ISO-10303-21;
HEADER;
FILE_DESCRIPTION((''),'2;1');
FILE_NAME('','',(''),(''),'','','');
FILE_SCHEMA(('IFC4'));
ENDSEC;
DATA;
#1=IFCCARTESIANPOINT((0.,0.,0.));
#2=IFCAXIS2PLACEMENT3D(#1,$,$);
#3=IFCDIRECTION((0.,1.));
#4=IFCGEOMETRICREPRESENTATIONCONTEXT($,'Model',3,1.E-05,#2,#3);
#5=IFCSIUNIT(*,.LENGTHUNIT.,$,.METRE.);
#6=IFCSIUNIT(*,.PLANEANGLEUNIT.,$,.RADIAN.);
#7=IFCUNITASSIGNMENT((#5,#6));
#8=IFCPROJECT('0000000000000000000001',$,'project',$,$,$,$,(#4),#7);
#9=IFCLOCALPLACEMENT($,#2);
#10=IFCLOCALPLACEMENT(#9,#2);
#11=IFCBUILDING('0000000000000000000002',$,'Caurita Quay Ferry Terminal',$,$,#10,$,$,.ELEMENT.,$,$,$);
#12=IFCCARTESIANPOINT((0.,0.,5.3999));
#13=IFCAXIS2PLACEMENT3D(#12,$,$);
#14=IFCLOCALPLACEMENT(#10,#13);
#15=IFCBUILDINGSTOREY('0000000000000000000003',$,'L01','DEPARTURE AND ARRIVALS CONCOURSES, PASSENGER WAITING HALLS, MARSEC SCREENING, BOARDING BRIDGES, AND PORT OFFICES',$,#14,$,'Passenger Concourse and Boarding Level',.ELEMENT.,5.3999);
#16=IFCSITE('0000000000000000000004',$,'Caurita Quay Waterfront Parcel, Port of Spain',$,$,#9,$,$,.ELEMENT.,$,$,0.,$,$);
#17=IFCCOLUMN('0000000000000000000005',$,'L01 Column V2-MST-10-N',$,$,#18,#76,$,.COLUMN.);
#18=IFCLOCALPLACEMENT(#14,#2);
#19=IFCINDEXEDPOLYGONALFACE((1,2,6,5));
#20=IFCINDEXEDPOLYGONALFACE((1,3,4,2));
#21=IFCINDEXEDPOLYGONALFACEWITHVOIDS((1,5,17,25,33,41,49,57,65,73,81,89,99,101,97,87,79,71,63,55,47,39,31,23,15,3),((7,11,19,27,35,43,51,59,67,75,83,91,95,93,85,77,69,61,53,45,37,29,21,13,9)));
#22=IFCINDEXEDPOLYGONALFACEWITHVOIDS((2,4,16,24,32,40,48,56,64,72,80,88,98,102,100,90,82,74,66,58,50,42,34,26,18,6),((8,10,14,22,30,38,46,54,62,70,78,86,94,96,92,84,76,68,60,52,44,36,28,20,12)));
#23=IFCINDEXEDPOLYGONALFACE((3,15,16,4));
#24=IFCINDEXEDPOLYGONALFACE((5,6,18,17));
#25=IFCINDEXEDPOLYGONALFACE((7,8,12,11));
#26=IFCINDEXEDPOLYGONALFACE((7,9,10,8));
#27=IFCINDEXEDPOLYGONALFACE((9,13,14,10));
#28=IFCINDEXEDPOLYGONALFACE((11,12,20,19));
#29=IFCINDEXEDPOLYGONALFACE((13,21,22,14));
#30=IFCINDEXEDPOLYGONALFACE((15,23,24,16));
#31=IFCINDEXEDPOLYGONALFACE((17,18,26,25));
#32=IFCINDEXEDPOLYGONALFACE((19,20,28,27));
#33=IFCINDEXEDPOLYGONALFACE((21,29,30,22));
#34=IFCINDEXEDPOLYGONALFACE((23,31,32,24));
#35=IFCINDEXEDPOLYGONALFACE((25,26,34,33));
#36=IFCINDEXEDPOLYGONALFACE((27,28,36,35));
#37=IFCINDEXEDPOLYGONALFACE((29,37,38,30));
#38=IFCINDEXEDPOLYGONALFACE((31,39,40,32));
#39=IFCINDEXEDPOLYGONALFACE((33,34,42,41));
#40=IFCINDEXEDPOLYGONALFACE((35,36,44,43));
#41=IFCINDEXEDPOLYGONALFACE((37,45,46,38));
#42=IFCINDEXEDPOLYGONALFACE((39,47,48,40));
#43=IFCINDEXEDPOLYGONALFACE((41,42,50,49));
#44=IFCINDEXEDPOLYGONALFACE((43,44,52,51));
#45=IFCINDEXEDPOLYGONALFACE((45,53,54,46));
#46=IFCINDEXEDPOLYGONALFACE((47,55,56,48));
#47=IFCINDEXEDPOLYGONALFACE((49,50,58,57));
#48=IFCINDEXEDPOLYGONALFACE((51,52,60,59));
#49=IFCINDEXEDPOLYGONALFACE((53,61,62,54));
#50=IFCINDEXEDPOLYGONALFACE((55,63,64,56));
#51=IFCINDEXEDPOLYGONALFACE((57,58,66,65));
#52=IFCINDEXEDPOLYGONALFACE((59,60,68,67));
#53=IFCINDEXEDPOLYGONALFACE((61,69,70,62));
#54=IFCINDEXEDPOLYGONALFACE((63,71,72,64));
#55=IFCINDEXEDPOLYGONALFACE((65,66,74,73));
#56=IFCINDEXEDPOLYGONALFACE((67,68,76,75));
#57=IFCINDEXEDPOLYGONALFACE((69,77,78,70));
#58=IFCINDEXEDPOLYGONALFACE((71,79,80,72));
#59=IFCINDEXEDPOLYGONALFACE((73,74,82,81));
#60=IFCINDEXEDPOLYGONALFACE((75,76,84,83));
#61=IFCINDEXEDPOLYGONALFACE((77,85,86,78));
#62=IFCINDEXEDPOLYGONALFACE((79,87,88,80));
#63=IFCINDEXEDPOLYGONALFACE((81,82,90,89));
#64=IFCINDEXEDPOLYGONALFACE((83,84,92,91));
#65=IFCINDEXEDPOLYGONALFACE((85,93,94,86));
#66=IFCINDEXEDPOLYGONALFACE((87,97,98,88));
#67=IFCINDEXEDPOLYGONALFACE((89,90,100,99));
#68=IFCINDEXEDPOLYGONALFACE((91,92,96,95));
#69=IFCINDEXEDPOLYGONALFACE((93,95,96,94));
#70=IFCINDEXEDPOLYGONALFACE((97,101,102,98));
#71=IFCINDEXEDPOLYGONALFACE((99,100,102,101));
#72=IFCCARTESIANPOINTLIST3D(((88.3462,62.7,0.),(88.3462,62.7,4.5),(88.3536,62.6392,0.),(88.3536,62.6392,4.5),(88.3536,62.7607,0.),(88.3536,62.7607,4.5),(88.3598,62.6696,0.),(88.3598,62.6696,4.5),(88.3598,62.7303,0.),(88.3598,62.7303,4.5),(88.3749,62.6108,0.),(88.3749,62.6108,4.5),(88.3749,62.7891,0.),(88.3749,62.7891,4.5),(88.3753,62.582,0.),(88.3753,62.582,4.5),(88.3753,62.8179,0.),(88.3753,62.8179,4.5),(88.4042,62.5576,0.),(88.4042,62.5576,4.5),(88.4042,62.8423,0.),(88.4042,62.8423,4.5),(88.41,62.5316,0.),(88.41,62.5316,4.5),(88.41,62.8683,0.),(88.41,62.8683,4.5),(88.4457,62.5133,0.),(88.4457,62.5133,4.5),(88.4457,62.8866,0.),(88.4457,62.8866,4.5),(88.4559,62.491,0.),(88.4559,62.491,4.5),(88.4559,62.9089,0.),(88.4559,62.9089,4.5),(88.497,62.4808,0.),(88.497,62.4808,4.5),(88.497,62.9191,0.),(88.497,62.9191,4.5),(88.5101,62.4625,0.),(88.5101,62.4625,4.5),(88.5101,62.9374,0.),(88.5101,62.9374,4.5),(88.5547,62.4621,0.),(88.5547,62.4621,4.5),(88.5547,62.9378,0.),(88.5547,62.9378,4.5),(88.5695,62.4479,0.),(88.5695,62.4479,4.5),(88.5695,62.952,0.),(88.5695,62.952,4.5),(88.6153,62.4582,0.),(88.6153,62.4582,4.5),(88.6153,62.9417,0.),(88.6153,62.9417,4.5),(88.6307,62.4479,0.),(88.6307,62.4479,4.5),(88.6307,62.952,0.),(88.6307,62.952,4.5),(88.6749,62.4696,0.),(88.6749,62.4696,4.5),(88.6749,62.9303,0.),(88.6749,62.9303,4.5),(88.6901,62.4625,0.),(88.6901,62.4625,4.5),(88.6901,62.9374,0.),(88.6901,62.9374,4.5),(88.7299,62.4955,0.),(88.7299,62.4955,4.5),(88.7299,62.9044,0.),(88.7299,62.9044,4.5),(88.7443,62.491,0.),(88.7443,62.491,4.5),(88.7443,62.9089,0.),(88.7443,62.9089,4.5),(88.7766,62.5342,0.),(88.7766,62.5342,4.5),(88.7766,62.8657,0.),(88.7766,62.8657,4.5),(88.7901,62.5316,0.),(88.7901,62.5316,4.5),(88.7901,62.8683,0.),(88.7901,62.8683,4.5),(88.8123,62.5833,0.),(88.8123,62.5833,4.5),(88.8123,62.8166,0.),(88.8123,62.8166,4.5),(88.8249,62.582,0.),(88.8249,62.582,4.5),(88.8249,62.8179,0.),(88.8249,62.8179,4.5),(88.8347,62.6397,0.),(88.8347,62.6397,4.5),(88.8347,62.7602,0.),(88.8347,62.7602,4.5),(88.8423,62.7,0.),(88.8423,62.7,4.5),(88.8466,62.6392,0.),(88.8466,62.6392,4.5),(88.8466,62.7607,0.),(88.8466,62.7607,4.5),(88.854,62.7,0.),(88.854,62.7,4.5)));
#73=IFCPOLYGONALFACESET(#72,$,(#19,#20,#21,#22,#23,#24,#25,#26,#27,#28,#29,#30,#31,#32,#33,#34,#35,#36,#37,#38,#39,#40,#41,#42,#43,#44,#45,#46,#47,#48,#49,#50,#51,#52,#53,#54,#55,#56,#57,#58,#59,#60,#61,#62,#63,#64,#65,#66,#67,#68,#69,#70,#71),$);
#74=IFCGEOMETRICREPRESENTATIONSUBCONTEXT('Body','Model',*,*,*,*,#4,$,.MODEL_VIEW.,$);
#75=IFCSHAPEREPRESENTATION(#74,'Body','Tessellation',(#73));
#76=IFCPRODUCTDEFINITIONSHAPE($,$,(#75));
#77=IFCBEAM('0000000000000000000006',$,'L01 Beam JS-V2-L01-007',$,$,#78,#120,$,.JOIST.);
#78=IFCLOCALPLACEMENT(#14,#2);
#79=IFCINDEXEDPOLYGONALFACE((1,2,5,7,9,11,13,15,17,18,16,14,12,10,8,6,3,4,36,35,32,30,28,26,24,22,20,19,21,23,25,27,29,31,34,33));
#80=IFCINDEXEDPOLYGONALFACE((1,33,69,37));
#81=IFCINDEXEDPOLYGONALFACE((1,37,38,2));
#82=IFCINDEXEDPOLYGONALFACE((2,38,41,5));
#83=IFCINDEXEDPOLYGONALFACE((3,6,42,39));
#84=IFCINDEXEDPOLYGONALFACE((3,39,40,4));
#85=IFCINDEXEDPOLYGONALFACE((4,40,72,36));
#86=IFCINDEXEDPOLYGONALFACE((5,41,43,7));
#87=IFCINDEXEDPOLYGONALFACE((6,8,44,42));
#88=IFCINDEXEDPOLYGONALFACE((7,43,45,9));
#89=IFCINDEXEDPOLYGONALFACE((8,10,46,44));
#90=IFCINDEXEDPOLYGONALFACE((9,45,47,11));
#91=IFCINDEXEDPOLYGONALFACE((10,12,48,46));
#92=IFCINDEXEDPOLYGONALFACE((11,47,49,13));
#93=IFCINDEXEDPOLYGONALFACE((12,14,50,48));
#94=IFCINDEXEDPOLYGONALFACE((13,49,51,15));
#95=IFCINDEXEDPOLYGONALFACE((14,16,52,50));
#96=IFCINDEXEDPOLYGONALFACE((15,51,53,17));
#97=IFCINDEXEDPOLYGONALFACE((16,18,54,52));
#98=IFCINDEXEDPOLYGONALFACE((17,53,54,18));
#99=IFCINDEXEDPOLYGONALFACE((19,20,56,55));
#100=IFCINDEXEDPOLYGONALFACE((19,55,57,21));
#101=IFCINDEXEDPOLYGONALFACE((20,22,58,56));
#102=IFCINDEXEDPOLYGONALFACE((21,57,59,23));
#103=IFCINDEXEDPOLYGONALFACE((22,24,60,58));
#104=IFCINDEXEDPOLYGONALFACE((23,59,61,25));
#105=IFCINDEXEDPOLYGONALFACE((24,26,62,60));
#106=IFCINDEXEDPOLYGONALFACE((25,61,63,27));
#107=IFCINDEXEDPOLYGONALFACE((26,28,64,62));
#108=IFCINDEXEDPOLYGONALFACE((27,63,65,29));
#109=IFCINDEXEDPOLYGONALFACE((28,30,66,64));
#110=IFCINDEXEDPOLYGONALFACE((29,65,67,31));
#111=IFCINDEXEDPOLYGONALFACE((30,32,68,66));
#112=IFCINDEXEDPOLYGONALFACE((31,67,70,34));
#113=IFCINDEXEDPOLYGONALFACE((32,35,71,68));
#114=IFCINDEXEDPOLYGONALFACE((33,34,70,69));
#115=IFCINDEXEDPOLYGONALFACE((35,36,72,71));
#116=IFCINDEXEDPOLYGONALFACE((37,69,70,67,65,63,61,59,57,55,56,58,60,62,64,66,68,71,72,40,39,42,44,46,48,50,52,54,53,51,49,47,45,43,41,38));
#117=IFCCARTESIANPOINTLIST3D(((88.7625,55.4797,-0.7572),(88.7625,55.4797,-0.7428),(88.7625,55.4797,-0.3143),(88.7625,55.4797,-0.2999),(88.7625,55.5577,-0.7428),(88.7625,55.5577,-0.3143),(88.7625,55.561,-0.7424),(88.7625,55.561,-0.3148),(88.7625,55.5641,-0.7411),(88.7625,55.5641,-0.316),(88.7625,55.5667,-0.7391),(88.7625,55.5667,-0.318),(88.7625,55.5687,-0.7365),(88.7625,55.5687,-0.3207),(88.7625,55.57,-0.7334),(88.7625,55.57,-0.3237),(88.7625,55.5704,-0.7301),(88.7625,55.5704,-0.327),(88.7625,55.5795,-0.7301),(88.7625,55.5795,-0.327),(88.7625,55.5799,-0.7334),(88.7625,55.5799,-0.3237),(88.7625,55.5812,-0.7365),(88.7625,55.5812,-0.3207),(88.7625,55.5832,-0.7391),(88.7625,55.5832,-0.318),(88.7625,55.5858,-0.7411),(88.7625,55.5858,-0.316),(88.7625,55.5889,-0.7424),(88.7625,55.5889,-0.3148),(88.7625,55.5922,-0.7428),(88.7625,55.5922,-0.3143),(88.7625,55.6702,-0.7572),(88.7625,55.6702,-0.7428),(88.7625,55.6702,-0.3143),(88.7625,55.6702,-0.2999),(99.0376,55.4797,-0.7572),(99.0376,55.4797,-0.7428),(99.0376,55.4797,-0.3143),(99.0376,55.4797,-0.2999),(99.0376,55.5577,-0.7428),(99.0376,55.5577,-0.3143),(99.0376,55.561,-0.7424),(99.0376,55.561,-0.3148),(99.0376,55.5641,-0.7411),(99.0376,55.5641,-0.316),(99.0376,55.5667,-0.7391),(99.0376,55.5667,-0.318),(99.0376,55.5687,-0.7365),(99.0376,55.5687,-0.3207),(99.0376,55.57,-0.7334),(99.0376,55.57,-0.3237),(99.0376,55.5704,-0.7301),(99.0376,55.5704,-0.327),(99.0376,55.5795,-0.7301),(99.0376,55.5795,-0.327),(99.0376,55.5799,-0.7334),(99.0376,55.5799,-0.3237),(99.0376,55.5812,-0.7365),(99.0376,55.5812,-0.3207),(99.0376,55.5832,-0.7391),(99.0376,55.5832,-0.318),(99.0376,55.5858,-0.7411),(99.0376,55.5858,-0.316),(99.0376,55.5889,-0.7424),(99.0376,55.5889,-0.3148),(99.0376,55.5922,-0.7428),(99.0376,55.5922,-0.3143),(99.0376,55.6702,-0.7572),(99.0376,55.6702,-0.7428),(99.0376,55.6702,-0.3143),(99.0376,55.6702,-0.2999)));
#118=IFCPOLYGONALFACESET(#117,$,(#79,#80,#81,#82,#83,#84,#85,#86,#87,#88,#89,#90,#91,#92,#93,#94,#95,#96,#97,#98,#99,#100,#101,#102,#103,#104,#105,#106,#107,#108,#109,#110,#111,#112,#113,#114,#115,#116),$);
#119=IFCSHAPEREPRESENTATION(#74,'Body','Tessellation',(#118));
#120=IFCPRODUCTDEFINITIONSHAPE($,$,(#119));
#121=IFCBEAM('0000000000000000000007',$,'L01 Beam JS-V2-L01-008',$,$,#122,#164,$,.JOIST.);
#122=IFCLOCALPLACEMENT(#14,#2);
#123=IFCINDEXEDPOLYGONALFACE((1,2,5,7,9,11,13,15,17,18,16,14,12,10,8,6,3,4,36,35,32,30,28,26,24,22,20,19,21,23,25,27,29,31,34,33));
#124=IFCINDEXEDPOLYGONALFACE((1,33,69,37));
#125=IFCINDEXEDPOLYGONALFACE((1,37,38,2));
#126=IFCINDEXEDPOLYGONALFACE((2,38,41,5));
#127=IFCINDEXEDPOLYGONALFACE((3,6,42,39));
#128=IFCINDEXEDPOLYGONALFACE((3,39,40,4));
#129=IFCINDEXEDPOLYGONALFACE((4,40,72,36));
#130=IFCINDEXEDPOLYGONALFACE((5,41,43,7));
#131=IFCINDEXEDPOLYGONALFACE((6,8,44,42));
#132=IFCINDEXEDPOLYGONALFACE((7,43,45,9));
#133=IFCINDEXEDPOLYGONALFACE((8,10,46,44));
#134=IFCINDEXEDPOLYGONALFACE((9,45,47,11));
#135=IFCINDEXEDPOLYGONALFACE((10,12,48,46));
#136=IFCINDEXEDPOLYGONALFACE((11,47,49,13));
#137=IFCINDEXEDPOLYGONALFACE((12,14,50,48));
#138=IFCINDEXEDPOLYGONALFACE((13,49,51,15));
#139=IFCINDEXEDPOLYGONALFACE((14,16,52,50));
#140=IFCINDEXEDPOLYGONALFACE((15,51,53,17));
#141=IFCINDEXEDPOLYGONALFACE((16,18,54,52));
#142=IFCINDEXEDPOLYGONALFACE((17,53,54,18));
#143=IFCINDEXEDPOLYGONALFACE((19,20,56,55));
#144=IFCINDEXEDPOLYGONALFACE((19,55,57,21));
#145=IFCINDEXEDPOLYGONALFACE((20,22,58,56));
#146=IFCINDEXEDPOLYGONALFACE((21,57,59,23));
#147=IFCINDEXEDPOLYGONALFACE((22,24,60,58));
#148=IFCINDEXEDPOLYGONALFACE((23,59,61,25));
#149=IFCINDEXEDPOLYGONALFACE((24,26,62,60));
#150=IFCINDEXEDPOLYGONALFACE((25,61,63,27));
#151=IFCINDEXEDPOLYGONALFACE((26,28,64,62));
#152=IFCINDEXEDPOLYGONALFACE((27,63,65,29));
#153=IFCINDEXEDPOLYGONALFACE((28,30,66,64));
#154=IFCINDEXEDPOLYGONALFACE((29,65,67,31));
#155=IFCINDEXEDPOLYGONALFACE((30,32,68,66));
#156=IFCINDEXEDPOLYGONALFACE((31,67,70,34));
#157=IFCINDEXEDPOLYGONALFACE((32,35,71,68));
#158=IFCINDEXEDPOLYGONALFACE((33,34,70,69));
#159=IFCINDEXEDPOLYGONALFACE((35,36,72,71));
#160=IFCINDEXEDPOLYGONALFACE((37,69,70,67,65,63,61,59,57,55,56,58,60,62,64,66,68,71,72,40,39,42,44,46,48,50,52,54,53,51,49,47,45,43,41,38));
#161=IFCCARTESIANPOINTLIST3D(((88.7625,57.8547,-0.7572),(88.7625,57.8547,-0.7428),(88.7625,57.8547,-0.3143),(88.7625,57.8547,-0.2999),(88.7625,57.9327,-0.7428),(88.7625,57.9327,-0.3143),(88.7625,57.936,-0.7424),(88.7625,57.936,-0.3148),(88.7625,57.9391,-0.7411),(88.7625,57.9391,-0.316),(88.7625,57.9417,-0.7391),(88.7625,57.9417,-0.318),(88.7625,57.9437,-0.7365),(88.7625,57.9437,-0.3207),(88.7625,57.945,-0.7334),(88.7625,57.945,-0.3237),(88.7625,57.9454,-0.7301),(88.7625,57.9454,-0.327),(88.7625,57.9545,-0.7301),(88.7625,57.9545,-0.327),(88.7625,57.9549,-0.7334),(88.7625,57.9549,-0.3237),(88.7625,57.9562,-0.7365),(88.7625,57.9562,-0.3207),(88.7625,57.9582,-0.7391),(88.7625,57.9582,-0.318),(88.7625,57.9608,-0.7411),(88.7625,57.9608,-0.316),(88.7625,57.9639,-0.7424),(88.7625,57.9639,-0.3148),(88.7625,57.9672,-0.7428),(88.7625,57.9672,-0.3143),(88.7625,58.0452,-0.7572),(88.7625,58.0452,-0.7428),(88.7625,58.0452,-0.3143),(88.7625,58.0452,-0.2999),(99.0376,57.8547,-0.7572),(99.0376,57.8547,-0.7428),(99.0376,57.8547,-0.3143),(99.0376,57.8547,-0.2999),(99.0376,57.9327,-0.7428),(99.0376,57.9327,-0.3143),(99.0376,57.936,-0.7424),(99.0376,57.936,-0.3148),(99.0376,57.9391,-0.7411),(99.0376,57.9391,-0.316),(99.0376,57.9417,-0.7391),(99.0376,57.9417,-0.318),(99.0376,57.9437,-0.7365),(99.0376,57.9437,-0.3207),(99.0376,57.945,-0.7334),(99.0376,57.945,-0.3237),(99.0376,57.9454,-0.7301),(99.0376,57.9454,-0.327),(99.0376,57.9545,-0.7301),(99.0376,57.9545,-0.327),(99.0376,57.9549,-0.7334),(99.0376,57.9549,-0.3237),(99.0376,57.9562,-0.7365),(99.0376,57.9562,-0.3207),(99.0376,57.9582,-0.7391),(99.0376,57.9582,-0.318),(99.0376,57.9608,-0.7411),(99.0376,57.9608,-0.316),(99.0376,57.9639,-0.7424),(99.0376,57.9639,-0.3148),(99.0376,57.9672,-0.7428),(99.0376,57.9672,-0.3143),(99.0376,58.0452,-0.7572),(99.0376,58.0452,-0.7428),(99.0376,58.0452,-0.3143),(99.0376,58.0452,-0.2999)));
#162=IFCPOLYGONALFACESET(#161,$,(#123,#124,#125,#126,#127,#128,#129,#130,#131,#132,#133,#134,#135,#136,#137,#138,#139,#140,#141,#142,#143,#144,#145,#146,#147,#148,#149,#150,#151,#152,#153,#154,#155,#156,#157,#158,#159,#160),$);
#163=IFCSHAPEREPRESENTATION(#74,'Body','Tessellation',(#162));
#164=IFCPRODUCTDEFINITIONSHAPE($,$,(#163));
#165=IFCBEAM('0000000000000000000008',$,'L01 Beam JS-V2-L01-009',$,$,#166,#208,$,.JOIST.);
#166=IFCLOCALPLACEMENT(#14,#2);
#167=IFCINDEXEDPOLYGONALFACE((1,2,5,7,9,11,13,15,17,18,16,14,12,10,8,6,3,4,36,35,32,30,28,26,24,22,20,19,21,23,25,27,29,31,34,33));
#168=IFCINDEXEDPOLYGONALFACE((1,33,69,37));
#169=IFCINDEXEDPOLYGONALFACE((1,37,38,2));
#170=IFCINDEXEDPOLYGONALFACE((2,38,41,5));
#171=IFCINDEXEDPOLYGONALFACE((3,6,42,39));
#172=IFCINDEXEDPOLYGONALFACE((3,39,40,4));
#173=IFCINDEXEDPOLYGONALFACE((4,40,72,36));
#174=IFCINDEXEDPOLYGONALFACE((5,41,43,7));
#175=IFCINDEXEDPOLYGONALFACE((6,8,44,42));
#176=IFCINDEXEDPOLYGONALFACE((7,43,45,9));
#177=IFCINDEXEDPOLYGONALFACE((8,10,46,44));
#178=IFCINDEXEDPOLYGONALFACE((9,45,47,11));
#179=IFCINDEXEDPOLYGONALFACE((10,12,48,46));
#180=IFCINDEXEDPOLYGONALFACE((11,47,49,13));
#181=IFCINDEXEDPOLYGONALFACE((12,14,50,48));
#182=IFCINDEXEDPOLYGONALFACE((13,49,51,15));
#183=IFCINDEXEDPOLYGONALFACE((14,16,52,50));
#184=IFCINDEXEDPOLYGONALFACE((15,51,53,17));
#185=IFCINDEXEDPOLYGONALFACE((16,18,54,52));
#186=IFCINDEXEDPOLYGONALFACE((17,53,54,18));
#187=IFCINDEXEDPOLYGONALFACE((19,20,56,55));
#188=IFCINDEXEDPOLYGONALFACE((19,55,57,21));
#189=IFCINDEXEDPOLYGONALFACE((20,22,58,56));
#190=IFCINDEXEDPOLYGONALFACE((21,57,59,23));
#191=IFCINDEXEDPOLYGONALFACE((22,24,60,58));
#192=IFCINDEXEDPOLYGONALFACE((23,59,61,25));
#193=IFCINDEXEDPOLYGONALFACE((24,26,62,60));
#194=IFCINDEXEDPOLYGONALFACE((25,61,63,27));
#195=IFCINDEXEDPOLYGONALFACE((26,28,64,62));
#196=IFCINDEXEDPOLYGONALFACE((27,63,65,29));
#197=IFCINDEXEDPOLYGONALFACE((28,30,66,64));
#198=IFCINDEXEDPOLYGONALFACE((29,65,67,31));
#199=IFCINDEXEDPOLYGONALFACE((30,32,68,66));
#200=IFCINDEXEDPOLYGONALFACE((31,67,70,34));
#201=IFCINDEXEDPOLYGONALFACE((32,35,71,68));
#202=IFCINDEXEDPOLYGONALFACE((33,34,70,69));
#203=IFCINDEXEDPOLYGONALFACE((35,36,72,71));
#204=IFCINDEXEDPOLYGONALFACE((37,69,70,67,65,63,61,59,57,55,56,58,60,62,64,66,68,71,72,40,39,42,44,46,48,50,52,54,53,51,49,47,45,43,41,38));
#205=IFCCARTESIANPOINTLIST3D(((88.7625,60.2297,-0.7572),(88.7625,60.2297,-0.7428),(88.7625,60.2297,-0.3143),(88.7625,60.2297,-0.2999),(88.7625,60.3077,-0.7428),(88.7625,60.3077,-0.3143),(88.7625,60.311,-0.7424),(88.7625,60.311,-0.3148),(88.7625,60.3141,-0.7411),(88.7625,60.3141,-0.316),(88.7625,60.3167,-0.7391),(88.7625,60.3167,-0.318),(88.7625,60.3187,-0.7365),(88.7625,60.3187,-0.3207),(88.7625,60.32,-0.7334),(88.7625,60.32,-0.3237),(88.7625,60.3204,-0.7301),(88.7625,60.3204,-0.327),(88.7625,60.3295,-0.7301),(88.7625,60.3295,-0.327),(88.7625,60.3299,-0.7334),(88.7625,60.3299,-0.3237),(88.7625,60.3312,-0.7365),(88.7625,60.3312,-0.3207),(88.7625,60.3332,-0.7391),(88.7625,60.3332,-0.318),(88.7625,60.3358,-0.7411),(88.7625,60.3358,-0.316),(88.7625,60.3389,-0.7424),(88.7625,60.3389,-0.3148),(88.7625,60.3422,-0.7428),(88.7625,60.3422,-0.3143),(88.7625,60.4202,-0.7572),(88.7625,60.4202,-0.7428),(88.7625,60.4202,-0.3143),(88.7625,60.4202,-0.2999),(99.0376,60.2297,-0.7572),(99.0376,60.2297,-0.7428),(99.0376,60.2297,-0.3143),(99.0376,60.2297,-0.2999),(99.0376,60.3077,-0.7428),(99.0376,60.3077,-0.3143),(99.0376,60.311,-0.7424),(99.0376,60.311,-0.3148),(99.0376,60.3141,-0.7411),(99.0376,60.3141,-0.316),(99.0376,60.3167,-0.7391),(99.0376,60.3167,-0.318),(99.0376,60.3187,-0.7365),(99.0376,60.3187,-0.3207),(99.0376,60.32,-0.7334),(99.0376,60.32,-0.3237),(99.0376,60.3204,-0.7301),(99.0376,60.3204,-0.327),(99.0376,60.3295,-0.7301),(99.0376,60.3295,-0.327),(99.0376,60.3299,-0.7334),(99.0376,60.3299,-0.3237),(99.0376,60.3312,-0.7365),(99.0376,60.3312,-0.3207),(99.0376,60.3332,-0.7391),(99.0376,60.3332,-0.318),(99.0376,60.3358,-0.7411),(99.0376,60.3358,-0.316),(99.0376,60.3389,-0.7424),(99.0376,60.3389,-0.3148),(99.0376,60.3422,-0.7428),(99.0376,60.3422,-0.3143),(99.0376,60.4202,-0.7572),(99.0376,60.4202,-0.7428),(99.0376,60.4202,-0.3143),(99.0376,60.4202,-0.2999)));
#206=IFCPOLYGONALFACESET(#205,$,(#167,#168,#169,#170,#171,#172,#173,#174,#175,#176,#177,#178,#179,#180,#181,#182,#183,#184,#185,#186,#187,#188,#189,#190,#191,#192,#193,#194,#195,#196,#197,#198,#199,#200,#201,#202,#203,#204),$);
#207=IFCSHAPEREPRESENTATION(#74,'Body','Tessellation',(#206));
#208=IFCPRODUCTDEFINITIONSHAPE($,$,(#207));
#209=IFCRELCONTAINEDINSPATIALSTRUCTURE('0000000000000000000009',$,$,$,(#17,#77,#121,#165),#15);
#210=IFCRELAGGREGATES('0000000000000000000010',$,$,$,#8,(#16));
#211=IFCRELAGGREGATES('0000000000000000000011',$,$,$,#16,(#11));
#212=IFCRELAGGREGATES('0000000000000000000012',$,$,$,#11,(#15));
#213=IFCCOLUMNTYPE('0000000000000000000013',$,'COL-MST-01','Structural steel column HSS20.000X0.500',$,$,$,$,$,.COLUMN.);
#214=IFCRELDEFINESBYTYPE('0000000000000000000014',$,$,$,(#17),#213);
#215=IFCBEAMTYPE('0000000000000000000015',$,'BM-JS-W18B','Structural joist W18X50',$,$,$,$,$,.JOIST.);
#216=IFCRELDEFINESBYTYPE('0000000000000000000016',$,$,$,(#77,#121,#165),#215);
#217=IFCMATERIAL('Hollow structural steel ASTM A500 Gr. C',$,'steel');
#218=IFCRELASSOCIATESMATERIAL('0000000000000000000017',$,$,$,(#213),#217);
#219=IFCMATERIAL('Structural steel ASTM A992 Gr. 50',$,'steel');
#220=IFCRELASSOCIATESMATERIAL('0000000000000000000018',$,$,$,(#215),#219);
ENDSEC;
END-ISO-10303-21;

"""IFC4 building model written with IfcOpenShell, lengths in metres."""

from ifc_helpers import new_model, si_unit, direction, frame, origin, origin_2d, place, context, subcontext, project, spatial, hollow_circle, i_section, extrude, material, material_profile, profile_set, type_object, element, save


model = new_model("IFC4")

# Units and contexts
model_context = context("Model", 3, precision=1e-05, world=origin(), true_north=direction((0.0, 1.0)))
body_context = subcontext(model_context, "Body", "Model", "MODEL_VIEW")
ifc_project = project(units=[si_unit("LENGTHUNIT", "METRE"), si_unit("PLANEANGLEUNIT", "RADIAN")], contexts=[model_context])

# Site, building, storey
site_placement = place(None, origin())
site = spatial("IfcSite", under=ifc_project, at=site_placement, Name="Caurita Quay Waterfront Parcel, Port of Spain", CompositionType="ELEMENT", RefElevation=0.0)
building_placement = place(site_placement, origin())
building = spatial("IfcBuilding", under=site, at=building_placement, Name="Caurita Quay Ferry Terminal", CompositionType="ELEMENT")
storey_placement = place(building_placement, frame((0.0, 0.0, 5.3999)))
storey = spatial("IfcBuildingStorey", under=building, at=storey_placement, Name="L01", Description="DEPARTURE AND ARRIVALS CONCOURSES, PASSENGER WAITING HALLS, MARSEC SCREENING, BOARDING BRIDGES, AND PORT OFFICES", LongName="Passenger Concourse and Boarding Level", CompositionType="ELEMENT", Elevation=5.3999)

# Column
ifc_material_1 = material(Name="Hollow structural steel ASTM A500 Gr. C", Category="steel")
ifc_material_profile_1 = material_profile(ifc_material_1, hollow_circle(Radius=0.2539, WallThickness=0.0117, at=origin_2d()), Name="HSS20.000X0.500")
ifc_profile_set_1 = profile_set([ifc_material_profile_1], Name="Hollow structural steel ASTM A500 Gr. C")
column_type = type_object("IfcColumnType", Name="COL-MST-01", Description="Structural steel column HSS20.000X0.500", PredefinedType="COLUMN", material=ifc_profile_set_1)
column_placement = place(storey_placement, frame((88.6001, 62.7, 0.0), z_axis=(0.0, 0.0, 1.0), x_axis=(1.0, 0.0, 0.0)))
element("IfcColumn", 1, at=column_placement, inside=storey, type_object=column_type, Name="L01 Column V2-MST-10-N", PredefinedType="COLUMN", context=body_context, shape_type="SweptSolid", body=[
    extrude(hollow_circle(Radius=0.2539, WallThickness=0.0117, at=origin_2d()), origin(), (0.0, 0.0, 1.0), 4.5),
])

# Beams
ifc_material_2 = material(Name="Structural steel ASTM A992 Gr. 50", Category="steel")
ifc_material_profile_2 = material_profile(ifc_material_2, i_section(OverallWidth=0.1904, OverallDepth=0.4573, WebThickness=0.009, FlangeThickness=0.0144, FilletRadius=0.0127, at=origin_2d()), Name="W18X50")
ifc_profile_set_2 = profile_set([ifc_material_profile_2], Name="Structural steel ASTM A992 Gr. 50")
beam_type = type_object("IfcBeamType", Name="BM-JS-W18B", Description="Structural joist W18X50", PredefinedType="JOIST", material=ifc_profile_set_2)
for number, where, z_axis, x_axis, name in (
    (2, (88.7625, 55.575, -0.5286), (1.0, 0.0, 0.0), (0.0, 1.0, 0.0), "L01 Beam JS-V2-L01-007"),
    (3, (88.7625, 57.95, -0.5286), (1.0, 0.0, 0.0), (0.0, 1.0, 0.0), "L01 Beam JS-V2-L01-008"),
    (4, (88.7625, 60.325, -0.5286), (1.0, 0.0, 0.0), (0.0, 1.0, 0.0), "L01 Beam JS-V2-L01-009"),
):
    element("IfcBeam", number, at=place(storey_placement, frame(where, z_axis=z_axis, x_axis=x_axis)), inside=storey, type_object=beam_type, Name=name, PredefinedType="JOIST", context=body_context, shape_type="SweptSolid", body=[
        extrude(i_section(OverallWidth=0.1904, OverallDepth=0.4573, WebThickness=0.009, FlangeThickness=0.0144, FilletRadius=0.0127, at=origin_2d()), origin(), (0.0, 0.0, 1.0), 10.2751),
    ])

save(model, "model.ifc")
